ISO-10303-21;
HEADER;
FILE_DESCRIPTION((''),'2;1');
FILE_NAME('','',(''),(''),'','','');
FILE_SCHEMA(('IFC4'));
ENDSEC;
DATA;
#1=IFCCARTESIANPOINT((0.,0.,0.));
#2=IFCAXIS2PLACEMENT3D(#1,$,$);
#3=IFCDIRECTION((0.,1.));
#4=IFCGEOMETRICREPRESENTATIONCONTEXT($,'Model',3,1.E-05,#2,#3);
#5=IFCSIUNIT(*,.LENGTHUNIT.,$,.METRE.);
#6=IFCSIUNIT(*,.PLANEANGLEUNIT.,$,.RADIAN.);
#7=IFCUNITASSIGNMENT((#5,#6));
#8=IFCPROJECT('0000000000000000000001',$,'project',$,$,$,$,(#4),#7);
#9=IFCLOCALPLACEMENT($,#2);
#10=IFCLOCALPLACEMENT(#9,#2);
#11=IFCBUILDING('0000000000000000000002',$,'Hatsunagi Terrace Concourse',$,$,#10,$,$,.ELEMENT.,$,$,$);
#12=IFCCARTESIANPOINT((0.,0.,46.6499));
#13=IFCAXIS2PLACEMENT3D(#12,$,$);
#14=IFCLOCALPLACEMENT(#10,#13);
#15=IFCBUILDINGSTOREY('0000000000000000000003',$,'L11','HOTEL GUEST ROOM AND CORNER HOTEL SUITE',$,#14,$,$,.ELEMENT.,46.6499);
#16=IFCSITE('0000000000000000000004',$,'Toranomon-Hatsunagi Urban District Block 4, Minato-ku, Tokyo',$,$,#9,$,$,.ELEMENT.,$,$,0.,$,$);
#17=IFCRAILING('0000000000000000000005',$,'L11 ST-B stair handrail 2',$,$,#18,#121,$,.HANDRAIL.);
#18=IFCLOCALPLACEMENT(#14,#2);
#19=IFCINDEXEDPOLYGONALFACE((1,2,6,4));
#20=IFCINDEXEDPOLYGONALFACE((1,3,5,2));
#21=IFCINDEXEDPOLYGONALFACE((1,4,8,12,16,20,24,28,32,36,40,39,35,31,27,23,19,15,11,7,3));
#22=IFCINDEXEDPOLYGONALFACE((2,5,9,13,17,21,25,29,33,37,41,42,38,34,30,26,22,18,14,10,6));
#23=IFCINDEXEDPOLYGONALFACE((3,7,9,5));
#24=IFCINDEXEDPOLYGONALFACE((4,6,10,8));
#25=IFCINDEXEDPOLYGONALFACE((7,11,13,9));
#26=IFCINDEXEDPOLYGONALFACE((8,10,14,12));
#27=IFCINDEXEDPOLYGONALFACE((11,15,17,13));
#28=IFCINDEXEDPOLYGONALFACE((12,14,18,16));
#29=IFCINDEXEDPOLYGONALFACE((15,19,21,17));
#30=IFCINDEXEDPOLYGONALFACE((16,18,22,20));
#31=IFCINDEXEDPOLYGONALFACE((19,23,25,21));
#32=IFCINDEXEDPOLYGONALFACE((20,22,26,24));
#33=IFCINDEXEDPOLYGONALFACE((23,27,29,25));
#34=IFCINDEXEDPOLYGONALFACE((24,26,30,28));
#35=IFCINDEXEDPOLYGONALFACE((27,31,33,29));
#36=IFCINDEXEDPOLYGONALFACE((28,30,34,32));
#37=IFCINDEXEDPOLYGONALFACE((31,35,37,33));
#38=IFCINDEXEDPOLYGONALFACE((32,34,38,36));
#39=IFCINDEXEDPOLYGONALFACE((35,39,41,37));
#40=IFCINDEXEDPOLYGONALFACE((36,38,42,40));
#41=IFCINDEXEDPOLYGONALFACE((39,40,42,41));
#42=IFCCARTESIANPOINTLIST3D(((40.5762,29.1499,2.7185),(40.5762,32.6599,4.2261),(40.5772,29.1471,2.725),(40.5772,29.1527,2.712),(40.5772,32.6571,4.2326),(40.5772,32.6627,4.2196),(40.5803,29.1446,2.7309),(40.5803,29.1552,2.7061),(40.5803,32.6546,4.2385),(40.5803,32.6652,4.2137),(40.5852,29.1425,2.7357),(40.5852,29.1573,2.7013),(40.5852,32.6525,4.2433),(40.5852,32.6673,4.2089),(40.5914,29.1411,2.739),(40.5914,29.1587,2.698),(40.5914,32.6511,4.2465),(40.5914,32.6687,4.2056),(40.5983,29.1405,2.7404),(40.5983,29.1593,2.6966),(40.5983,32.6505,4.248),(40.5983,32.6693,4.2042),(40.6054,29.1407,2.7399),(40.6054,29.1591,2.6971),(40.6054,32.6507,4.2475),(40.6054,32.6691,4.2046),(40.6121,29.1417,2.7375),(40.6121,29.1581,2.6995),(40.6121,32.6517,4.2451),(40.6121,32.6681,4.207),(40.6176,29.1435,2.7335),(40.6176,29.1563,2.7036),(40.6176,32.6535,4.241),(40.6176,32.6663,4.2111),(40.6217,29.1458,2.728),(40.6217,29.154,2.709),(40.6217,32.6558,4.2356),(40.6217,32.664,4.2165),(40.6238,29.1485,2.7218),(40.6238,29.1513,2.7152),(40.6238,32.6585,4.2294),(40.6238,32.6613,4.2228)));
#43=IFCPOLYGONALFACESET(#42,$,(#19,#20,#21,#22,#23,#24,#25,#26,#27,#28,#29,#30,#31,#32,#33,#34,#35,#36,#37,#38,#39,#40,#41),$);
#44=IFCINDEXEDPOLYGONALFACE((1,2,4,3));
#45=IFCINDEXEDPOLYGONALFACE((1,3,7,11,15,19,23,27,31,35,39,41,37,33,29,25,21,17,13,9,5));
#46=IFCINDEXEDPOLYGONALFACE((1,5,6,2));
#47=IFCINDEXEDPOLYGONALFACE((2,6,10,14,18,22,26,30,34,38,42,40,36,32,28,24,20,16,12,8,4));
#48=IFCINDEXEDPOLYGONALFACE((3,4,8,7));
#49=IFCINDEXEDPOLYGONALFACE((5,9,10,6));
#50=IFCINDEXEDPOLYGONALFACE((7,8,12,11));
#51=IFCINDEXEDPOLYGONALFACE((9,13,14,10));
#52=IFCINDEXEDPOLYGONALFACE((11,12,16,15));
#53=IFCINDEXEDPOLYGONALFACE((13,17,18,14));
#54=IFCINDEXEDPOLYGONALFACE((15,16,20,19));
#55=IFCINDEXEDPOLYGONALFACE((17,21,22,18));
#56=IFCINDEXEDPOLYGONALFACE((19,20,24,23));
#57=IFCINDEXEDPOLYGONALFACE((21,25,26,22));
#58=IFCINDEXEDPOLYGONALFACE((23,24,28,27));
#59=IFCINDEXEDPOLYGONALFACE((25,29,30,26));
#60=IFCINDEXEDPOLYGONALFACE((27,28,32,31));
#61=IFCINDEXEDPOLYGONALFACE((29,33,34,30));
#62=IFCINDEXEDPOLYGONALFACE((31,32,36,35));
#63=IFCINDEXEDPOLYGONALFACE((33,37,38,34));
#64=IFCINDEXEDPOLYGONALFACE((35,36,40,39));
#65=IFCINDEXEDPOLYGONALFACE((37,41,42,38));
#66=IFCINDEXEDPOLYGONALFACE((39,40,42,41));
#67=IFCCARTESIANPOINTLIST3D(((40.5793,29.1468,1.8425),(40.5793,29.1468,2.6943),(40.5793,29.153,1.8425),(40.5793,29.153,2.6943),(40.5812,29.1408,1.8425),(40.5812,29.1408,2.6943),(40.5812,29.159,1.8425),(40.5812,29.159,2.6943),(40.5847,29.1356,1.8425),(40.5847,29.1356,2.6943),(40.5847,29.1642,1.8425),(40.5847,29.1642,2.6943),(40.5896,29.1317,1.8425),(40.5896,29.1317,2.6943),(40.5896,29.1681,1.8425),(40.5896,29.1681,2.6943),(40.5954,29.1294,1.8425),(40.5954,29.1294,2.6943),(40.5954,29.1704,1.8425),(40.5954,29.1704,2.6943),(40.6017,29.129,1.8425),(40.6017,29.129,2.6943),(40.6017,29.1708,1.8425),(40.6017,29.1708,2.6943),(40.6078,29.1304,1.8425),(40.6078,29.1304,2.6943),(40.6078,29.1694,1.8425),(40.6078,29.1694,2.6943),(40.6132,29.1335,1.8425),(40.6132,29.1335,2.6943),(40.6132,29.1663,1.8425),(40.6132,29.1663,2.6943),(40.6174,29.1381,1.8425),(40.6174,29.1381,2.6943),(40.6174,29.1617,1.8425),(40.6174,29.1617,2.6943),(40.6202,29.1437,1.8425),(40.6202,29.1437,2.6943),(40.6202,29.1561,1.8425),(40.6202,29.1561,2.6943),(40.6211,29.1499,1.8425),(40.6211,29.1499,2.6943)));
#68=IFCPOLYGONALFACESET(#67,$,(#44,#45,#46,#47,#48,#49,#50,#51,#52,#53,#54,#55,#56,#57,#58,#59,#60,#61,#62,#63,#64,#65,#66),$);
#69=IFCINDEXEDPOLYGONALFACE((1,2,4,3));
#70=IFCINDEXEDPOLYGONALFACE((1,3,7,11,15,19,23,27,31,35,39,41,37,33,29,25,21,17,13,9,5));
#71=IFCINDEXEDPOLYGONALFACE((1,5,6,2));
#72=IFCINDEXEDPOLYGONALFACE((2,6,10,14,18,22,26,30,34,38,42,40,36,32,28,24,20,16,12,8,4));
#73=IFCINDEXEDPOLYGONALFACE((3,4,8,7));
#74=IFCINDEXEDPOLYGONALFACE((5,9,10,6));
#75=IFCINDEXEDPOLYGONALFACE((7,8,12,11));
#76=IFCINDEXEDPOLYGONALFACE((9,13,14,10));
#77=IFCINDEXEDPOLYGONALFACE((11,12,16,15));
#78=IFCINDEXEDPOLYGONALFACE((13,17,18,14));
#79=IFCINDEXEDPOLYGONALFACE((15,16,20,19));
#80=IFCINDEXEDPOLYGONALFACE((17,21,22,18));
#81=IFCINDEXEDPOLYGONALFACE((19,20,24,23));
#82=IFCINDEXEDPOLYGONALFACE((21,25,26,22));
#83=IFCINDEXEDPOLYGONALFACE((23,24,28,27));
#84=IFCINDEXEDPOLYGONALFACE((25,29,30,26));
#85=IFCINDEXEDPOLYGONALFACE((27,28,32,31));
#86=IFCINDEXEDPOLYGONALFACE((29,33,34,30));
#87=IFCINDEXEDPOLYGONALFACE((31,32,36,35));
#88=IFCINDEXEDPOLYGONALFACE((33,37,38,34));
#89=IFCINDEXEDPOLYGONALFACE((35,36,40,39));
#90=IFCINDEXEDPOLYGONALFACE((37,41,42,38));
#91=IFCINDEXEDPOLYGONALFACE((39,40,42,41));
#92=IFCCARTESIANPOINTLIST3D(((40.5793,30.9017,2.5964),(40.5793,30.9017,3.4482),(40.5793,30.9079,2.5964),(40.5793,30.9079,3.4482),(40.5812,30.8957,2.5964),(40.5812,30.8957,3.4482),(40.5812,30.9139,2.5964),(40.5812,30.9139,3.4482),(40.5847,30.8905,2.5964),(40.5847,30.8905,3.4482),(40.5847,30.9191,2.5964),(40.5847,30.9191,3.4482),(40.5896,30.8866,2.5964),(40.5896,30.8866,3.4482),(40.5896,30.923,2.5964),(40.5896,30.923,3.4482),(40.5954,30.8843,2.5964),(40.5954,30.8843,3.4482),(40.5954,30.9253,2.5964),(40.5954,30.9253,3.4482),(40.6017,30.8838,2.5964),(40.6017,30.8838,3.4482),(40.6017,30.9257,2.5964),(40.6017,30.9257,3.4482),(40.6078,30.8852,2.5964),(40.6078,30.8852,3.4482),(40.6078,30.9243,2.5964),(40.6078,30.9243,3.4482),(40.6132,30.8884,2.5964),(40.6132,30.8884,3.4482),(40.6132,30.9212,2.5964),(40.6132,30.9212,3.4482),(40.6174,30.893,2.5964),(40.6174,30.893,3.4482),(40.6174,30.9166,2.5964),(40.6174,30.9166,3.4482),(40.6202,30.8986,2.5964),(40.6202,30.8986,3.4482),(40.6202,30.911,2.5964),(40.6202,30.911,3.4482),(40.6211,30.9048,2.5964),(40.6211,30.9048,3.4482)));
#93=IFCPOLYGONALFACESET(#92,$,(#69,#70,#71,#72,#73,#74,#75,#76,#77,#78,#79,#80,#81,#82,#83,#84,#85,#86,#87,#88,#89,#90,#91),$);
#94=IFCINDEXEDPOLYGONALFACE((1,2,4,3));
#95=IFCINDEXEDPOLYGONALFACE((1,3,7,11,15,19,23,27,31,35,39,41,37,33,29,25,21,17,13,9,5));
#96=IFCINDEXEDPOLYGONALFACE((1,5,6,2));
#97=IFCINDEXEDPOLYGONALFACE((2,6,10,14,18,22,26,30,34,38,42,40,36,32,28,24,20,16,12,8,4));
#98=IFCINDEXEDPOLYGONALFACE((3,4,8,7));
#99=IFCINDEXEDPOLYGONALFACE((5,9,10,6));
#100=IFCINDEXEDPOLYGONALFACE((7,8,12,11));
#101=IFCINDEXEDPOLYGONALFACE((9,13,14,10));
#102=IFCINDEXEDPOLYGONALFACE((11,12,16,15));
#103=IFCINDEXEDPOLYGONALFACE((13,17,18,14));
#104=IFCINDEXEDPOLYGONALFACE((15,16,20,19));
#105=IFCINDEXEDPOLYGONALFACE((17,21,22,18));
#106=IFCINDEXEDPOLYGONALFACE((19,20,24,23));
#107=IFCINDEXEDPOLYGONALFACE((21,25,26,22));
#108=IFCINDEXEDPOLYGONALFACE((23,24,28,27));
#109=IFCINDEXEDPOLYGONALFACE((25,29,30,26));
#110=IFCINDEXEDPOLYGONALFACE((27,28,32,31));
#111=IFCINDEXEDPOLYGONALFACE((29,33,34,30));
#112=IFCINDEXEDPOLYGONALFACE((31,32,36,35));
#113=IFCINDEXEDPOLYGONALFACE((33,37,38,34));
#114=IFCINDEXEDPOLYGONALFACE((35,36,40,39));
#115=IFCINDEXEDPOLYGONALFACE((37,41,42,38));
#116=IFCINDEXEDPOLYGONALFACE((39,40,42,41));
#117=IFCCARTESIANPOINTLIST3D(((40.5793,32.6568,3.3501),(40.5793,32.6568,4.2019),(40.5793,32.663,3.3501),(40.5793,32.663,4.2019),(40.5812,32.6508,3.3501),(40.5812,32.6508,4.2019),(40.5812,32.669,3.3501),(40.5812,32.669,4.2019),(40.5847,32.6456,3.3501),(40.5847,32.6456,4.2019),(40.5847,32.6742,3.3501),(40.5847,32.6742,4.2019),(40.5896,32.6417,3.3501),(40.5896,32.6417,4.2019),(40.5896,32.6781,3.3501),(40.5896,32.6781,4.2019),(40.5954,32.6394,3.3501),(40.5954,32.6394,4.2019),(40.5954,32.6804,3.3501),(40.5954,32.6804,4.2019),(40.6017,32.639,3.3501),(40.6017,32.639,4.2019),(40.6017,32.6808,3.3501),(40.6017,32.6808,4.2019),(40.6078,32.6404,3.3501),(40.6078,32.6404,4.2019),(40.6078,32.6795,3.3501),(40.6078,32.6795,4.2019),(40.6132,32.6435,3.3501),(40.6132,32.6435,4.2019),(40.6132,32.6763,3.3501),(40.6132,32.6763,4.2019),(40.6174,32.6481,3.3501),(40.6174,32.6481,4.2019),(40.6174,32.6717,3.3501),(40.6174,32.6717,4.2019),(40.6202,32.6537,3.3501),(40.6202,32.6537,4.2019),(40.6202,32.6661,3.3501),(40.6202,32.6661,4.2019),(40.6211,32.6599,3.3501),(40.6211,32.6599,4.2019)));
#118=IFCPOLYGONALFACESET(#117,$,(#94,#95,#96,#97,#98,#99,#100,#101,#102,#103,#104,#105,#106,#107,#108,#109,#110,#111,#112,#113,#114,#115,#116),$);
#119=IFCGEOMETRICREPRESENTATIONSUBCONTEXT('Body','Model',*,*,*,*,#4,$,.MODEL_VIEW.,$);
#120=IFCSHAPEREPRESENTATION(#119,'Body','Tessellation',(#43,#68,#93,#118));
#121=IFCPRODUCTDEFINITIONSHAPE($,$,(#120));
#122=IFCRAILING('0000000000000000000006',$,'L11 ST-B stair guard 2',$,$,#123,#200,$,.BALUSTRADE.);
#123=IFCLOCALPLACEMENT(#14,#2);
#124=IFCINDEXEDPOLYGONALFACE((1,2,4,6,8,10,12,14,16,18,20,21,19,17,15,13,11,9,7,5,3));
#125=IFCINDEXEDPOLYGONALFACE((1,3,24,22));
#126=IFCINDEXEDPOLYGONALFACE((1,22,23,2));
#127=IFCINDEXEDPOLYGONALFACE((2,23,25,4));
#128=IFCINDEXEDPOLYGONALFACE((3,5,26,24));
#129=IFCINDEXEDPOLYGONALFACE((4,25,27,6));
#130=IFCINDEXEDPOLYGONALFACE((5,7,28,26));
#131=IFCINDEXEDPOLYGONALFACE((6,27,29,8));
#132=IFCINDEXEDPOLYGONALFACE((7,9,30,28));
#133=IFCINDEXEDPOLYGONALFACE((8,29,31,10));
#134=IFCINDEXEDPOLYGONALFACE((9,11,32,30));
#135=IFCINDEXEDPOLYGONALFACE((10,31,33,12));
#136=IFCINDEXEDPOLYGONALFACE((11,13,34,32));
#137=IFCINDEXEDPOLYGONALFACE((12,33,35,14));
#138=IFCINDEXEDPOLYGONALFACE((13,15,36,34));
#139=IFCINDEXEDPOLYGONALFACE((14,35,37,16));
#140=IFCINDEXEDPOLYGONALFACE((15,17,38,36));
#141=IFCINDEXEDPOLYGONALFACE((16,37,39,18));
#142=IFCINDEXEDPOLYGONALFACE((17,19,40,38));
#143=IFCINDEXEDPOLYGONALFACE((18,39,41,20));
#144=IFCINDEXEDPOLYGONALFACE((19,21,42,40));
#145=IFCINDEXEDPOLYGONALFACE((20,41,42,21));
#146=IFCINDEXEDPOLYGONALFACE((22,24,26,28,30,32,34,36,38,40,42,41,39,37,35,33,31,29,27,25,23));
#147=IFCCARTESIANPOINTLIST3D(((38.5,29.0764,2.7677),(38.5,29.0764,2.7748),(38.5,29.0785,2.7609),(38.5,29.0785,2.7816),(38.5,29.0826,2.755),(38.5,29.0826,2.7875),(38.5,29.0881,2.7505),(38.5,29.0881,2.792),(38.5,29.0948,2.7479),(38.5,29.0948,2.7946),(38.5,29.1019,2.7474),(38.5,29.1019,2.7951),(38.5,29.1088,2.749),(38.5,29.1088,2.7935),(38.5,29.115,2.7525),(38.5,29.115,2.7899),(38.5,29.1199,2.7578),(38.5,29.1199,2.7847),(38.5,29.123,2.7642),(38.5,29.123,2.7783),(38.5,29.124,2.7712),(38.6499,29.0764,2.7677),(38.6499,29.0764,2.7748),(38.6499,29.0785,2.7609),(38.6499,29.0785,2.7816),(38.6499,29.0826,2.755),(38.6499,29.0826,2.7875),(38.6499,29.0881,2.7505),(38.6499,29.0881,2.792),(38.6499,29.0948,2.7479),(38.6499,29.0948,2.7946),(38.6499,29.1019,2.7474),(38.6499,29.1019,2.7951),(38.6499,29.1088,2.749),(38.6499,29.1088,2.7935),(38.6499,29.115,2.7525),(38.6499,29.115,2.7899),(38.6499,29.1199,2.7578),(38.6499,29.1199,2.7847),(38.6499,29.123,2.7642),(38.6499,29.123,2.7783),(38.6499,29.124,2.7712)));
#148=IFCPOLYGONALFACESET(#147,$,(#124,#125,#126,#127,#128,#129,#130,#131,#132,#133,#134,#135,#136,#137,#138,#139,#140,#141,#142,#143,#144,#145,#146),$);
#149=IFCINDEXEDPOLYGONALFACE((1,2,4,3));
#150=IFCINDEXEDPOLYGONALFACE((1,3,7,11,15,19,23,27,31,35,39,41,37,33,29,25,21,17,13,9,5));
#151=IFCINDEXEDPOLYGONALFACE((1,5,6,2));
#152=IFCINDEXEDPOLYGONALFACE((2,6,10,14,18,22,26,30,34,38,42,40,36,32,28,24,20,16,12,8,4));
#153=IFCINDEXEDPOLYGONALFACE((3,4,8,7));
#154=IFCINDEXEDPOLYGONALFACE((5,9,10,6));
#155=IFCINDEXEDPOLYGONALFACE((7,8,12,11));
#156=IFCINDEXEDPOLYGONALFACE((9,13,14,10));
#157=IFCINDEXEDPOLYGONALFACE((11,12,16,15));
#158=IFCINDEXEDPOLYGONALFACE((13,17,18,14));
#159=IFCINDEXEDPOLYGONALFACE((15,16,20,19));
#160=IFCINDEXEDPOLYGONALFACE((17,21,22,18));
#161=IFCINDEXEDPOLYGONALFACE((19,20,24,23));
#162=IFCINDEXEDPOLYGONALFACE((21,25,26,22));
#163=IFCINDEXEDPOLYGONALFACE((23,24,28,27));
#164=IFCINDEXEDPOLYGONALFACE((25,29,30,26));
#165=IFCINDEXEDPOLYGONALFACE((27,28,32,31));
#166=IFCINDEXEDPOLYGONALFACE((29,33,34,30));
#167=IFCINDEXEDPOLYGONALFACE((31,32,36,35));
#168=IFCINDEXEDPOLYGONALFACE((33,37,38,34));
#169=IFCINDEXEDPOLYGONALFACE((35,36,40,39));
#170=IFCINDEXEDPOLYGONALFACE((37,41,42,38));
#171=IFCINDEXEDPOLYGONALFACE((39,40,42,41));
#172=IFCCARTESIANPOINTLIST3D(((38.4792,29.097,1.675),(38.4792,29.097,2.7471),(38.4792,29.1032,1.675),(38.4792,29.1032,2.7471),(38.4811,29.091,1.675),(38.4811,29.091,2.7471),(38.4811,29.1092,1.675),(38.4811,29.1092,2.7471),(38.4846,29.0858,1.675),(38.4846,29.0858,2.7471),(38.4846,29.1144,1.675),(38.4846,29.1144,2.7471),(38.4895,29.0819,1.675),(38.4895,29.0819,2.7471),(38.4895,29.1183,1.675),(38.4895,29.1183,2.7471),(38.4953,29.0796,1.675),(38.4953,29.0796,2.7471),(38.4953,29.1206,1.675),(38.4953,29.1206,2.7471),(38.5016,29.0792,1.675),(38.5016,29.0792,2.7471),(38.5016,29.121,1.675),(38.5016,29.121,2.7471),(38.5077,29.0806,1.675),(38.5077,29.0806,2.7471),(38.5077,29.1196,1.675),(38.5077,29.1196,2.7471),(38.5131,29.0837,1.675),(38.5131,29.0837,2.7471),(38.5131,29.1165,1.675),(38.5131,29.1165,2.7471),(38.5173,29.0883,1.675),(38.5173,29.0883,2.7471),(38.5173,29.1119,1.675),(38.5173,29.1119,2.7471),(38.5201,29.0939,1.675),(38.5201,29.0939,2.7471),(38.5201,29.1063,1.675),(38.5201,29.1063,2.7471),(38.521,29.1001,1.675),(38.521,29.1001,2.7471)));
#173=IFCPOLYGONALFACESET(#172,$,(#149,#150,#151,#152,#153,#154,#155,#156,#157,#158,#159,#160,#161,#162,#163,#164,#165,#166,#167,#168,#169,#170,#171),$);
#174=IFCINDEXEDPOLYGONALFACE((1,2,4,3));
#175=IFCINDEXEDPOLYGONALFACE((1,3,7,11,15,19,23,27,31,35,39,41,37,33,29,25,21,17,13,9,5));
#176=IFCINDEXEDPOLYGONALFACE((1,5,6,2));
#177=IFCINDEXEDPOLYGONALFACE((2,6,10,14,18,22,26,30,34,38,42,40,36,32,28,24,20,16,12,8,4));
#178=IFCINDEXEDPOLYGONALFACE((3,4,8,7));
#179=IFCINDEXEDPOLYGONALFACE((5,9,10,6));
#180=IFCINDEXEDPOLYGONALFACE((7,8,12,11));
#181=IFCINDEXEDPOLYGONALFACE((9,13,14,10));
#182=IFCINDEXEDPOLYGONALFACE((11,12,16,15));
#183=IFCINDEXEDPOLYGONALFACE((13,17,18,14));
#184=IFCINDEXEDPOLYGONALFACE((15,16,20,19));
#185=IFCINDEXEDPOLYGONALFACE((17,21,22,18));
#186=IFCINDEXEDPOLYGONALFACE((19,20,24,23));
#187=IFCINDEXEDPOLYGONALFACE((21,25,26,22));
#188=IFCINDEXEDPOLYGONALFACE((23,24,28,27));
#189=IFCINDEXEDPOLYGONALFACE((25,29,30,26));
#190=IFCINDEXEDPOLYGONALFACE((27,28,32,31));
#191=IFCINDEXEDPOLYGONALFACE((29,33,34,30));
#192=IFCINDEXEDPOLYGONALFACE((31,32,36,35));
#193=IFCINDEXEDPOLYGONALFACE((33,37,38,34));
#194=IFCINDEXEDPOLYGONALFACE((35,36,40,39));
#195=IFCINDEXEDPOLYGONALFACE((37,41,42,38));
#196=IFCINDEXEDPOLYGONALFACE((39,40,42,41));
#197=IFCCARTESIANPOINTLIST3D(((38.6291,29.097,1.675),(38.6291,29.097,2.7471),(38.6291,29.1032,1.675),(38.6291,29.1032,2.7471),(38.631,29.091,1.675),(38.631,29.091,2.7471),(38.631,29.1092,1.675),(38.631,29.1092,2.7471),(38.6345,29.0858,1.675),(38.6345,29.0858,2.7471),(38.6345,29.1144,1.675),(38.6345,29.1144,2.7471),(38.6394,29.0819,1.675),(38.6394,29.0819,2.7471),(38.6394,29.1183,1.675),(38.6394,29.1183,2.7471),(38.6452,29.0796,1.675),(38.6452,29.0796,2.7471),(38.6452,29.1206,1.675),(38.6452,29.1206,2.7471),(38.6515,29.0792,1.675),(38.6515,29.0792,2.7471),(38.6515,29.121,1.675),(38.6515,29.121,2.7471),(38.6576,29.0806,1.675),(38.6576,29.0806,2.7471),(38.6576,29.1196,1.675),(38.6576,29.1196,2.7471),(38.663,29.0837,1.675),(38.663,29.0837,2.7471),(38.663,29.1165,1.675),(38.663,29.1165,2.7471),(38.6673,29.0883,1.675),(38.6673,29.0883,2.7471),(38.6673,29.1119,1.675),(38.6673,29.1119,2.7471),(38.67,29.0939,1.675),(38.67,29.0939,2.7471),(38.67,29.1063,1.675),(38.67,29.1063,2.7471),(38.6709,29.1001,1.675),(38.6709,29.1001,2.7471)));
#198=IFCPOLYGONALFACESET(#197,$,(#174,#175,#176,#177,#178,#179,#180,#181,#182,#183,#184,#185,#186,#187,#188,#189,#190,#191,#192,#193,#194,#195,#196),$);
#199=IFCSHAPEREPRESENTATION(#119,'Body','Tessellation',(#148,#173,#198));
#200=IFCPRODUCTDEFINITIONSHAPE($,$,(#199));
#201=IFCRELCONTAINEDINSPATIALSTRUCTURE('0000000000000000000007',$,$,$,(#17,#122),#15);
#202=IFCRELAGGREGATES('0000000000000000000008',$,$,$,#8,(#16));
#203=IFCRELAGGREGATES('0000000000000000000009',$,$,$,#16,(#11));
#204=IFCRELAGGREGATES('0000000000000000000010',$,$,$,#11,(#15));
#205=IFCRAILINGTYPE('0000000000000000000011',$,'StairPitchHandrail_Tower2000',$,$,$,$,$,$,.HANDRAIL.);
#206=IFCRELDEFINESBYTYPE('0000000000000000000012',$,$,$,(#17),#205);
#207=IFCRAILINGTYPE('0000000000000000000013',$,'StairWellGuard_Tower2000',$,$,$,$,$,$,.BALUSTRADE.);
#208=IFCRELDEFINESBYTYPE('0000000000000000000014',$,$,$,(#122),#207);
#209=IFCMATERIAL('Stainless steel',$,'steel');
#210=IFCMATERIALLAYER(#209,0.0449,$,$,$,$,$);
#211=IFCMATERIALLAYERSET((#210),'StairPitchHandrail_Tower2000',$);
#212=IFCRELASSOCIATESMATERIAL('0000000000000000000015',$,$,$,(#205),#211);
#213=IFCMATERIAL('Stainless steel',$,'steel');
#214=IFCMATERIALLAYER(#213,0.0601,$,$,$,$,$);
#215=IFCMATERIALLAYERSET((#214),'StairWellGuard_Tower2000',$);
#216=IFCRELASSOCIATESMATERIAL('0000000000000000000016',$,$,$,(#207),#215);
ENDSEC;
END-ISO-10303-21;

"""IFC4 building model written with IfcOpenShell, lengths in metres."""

from ifc_helpers import new_model, si_unit, direction, frame, origin, origin_2d, place, context, subcontext, project, spatial, circle, extrude, material, layer, layer_set, type_object, element, save


model = new_model("IFC4")

# Units and contexts
model_context = context("Model", 3, precision=1e-05, world=origin(), true_north=direction((0.0, 1.0)))
body_context = subcontext(model_context, "Body", "Model", "MODEL_VIEW")
ifc_project = project(units=[si_unit("LENGTHUNIT", "METRE"), si_unit("PLANEANGLEUNIT", "RADIAN")], contexts=[model_context])

# Site, building, storey
site_placement = place(None, origin())
site = spatial("IfcSite", under=ifc_project, at=site_placement, Name="Toranomon-Hatsunagi Urban District Block 4, Minato-ku, Tokyo", CompositionType="ELEMENT", RefElevation=0.0)
building_placement = place(site_placement, origin())
building = spatial("IfcBuilding", under=site, at=building_placement, Name="Hatsunagi Terrace Concourse", CompositionType="ELEMENT")
storey_placement = place(building_placement, frame((0.0, 0.0, 46.6499)))
storey = spatial("IfcBuildingStorey", under=building, at=storey_placement, Name="L11", Description="HOTEL GUEST ROOM AND CORNER HOTEL SUITE", CompositionType="ELEMENT", Elevation=46.6499)

# Railings
ifc_material_1 = material(Name="Stainless steel", Category="steel")
ifc_layer_1 = layer(ifc_material_1, 0.0449)
ifc_layer_set_1 = layer_set([ifc_layer_1], Name="StairPitchHandrail_Tower2000")
railing_type_1 = type_object("IfcRailingType", Name="StairPitchHandrail_Tower2000", PredefinedType="HANDRAIL", material=ifc_layer_set_1)
railing_1_placement = place(storey_placement, frame((40.6001, 29.1499, 1.8425)))
element("IfcRailing", 1, at=railing_1_placement, inside=storey, type_object=railing_type_1, Name="L11 ST-B stair handrail 2", PredefinedType="HANDRAIL", context=body_context, shape_type="SweptSolid", body=[
    extrude(circle(Radius=0.0239, at=origin_2d()), frame((0.0, 0.0, 0.876), z_axis=(0.0, 0.918834, 0.394644), x_axis=(-1.0, 0.0, 0.0)), (0.0, 0.0, 1.0), 3.8201),
    extrude(circle(Radius=0.021, at=origin_2d()), origin(), (0.0, 0.0, 1.0), 0.8518),
    extrude(circle(Radius=0.021, at=origin_2d()), frame((0.0, 1.7549, 0.7539)), (0.0, 0.0, 1.0), 0.8518),
    extrude(circle(Radius=0.021, at=origin_2d()), frame((0.0, 3.51, 1.5076)), (0.0, 0.0, 1.0), 0.8518),
])
ifc_material_2 = material(Name="Stainless steel", Category="steel")
ifc_layer_2 = layer(ifc_material_2, 0.0601)
ifc_layer_set_2 = layer_set([ifc_layer_2], Name="StairWellGuard_Tower2000")
railing_type_2 = type_object("IfcRailingType", Name="StairWellGuard_Tower2000", PredefinedType="BALUSTRADE", material=ifc_layer_set_2)
railing_2_placement = place(storey_placement, frame((38.5, 29.1001, 1.675)))
element("IfcRailing", 2, at=railing_2_placement, inside=storey, type_object=railing_type_2, Name="L11 ST-B stair guard 2", PredefinedType="BALUSTRADE", context=body_context, shape_type="SweptSolid", body=[
    extrude(circle(Radius=0.0239, at=origin_2d()), frame((0.0, 0.0, 1.0962), z_axis=(1.0, 0.0, 0.0), x_axis=(0.0, 1.0, 0.0)), (0.0, 0.0, 1.0), 0.1499),
    extrude(circle(Radius=0.021, at=origin_2d()), origin(), (0.0, 0.0, 1.0), 1.072),
    extrude(circle(Radius=0.021, at=origin_2d()), frame((0.1499, 0.0, 0.0)), (0.0, 0.0, 1.0), 1.072),
])

save(model, "model.ifc")
